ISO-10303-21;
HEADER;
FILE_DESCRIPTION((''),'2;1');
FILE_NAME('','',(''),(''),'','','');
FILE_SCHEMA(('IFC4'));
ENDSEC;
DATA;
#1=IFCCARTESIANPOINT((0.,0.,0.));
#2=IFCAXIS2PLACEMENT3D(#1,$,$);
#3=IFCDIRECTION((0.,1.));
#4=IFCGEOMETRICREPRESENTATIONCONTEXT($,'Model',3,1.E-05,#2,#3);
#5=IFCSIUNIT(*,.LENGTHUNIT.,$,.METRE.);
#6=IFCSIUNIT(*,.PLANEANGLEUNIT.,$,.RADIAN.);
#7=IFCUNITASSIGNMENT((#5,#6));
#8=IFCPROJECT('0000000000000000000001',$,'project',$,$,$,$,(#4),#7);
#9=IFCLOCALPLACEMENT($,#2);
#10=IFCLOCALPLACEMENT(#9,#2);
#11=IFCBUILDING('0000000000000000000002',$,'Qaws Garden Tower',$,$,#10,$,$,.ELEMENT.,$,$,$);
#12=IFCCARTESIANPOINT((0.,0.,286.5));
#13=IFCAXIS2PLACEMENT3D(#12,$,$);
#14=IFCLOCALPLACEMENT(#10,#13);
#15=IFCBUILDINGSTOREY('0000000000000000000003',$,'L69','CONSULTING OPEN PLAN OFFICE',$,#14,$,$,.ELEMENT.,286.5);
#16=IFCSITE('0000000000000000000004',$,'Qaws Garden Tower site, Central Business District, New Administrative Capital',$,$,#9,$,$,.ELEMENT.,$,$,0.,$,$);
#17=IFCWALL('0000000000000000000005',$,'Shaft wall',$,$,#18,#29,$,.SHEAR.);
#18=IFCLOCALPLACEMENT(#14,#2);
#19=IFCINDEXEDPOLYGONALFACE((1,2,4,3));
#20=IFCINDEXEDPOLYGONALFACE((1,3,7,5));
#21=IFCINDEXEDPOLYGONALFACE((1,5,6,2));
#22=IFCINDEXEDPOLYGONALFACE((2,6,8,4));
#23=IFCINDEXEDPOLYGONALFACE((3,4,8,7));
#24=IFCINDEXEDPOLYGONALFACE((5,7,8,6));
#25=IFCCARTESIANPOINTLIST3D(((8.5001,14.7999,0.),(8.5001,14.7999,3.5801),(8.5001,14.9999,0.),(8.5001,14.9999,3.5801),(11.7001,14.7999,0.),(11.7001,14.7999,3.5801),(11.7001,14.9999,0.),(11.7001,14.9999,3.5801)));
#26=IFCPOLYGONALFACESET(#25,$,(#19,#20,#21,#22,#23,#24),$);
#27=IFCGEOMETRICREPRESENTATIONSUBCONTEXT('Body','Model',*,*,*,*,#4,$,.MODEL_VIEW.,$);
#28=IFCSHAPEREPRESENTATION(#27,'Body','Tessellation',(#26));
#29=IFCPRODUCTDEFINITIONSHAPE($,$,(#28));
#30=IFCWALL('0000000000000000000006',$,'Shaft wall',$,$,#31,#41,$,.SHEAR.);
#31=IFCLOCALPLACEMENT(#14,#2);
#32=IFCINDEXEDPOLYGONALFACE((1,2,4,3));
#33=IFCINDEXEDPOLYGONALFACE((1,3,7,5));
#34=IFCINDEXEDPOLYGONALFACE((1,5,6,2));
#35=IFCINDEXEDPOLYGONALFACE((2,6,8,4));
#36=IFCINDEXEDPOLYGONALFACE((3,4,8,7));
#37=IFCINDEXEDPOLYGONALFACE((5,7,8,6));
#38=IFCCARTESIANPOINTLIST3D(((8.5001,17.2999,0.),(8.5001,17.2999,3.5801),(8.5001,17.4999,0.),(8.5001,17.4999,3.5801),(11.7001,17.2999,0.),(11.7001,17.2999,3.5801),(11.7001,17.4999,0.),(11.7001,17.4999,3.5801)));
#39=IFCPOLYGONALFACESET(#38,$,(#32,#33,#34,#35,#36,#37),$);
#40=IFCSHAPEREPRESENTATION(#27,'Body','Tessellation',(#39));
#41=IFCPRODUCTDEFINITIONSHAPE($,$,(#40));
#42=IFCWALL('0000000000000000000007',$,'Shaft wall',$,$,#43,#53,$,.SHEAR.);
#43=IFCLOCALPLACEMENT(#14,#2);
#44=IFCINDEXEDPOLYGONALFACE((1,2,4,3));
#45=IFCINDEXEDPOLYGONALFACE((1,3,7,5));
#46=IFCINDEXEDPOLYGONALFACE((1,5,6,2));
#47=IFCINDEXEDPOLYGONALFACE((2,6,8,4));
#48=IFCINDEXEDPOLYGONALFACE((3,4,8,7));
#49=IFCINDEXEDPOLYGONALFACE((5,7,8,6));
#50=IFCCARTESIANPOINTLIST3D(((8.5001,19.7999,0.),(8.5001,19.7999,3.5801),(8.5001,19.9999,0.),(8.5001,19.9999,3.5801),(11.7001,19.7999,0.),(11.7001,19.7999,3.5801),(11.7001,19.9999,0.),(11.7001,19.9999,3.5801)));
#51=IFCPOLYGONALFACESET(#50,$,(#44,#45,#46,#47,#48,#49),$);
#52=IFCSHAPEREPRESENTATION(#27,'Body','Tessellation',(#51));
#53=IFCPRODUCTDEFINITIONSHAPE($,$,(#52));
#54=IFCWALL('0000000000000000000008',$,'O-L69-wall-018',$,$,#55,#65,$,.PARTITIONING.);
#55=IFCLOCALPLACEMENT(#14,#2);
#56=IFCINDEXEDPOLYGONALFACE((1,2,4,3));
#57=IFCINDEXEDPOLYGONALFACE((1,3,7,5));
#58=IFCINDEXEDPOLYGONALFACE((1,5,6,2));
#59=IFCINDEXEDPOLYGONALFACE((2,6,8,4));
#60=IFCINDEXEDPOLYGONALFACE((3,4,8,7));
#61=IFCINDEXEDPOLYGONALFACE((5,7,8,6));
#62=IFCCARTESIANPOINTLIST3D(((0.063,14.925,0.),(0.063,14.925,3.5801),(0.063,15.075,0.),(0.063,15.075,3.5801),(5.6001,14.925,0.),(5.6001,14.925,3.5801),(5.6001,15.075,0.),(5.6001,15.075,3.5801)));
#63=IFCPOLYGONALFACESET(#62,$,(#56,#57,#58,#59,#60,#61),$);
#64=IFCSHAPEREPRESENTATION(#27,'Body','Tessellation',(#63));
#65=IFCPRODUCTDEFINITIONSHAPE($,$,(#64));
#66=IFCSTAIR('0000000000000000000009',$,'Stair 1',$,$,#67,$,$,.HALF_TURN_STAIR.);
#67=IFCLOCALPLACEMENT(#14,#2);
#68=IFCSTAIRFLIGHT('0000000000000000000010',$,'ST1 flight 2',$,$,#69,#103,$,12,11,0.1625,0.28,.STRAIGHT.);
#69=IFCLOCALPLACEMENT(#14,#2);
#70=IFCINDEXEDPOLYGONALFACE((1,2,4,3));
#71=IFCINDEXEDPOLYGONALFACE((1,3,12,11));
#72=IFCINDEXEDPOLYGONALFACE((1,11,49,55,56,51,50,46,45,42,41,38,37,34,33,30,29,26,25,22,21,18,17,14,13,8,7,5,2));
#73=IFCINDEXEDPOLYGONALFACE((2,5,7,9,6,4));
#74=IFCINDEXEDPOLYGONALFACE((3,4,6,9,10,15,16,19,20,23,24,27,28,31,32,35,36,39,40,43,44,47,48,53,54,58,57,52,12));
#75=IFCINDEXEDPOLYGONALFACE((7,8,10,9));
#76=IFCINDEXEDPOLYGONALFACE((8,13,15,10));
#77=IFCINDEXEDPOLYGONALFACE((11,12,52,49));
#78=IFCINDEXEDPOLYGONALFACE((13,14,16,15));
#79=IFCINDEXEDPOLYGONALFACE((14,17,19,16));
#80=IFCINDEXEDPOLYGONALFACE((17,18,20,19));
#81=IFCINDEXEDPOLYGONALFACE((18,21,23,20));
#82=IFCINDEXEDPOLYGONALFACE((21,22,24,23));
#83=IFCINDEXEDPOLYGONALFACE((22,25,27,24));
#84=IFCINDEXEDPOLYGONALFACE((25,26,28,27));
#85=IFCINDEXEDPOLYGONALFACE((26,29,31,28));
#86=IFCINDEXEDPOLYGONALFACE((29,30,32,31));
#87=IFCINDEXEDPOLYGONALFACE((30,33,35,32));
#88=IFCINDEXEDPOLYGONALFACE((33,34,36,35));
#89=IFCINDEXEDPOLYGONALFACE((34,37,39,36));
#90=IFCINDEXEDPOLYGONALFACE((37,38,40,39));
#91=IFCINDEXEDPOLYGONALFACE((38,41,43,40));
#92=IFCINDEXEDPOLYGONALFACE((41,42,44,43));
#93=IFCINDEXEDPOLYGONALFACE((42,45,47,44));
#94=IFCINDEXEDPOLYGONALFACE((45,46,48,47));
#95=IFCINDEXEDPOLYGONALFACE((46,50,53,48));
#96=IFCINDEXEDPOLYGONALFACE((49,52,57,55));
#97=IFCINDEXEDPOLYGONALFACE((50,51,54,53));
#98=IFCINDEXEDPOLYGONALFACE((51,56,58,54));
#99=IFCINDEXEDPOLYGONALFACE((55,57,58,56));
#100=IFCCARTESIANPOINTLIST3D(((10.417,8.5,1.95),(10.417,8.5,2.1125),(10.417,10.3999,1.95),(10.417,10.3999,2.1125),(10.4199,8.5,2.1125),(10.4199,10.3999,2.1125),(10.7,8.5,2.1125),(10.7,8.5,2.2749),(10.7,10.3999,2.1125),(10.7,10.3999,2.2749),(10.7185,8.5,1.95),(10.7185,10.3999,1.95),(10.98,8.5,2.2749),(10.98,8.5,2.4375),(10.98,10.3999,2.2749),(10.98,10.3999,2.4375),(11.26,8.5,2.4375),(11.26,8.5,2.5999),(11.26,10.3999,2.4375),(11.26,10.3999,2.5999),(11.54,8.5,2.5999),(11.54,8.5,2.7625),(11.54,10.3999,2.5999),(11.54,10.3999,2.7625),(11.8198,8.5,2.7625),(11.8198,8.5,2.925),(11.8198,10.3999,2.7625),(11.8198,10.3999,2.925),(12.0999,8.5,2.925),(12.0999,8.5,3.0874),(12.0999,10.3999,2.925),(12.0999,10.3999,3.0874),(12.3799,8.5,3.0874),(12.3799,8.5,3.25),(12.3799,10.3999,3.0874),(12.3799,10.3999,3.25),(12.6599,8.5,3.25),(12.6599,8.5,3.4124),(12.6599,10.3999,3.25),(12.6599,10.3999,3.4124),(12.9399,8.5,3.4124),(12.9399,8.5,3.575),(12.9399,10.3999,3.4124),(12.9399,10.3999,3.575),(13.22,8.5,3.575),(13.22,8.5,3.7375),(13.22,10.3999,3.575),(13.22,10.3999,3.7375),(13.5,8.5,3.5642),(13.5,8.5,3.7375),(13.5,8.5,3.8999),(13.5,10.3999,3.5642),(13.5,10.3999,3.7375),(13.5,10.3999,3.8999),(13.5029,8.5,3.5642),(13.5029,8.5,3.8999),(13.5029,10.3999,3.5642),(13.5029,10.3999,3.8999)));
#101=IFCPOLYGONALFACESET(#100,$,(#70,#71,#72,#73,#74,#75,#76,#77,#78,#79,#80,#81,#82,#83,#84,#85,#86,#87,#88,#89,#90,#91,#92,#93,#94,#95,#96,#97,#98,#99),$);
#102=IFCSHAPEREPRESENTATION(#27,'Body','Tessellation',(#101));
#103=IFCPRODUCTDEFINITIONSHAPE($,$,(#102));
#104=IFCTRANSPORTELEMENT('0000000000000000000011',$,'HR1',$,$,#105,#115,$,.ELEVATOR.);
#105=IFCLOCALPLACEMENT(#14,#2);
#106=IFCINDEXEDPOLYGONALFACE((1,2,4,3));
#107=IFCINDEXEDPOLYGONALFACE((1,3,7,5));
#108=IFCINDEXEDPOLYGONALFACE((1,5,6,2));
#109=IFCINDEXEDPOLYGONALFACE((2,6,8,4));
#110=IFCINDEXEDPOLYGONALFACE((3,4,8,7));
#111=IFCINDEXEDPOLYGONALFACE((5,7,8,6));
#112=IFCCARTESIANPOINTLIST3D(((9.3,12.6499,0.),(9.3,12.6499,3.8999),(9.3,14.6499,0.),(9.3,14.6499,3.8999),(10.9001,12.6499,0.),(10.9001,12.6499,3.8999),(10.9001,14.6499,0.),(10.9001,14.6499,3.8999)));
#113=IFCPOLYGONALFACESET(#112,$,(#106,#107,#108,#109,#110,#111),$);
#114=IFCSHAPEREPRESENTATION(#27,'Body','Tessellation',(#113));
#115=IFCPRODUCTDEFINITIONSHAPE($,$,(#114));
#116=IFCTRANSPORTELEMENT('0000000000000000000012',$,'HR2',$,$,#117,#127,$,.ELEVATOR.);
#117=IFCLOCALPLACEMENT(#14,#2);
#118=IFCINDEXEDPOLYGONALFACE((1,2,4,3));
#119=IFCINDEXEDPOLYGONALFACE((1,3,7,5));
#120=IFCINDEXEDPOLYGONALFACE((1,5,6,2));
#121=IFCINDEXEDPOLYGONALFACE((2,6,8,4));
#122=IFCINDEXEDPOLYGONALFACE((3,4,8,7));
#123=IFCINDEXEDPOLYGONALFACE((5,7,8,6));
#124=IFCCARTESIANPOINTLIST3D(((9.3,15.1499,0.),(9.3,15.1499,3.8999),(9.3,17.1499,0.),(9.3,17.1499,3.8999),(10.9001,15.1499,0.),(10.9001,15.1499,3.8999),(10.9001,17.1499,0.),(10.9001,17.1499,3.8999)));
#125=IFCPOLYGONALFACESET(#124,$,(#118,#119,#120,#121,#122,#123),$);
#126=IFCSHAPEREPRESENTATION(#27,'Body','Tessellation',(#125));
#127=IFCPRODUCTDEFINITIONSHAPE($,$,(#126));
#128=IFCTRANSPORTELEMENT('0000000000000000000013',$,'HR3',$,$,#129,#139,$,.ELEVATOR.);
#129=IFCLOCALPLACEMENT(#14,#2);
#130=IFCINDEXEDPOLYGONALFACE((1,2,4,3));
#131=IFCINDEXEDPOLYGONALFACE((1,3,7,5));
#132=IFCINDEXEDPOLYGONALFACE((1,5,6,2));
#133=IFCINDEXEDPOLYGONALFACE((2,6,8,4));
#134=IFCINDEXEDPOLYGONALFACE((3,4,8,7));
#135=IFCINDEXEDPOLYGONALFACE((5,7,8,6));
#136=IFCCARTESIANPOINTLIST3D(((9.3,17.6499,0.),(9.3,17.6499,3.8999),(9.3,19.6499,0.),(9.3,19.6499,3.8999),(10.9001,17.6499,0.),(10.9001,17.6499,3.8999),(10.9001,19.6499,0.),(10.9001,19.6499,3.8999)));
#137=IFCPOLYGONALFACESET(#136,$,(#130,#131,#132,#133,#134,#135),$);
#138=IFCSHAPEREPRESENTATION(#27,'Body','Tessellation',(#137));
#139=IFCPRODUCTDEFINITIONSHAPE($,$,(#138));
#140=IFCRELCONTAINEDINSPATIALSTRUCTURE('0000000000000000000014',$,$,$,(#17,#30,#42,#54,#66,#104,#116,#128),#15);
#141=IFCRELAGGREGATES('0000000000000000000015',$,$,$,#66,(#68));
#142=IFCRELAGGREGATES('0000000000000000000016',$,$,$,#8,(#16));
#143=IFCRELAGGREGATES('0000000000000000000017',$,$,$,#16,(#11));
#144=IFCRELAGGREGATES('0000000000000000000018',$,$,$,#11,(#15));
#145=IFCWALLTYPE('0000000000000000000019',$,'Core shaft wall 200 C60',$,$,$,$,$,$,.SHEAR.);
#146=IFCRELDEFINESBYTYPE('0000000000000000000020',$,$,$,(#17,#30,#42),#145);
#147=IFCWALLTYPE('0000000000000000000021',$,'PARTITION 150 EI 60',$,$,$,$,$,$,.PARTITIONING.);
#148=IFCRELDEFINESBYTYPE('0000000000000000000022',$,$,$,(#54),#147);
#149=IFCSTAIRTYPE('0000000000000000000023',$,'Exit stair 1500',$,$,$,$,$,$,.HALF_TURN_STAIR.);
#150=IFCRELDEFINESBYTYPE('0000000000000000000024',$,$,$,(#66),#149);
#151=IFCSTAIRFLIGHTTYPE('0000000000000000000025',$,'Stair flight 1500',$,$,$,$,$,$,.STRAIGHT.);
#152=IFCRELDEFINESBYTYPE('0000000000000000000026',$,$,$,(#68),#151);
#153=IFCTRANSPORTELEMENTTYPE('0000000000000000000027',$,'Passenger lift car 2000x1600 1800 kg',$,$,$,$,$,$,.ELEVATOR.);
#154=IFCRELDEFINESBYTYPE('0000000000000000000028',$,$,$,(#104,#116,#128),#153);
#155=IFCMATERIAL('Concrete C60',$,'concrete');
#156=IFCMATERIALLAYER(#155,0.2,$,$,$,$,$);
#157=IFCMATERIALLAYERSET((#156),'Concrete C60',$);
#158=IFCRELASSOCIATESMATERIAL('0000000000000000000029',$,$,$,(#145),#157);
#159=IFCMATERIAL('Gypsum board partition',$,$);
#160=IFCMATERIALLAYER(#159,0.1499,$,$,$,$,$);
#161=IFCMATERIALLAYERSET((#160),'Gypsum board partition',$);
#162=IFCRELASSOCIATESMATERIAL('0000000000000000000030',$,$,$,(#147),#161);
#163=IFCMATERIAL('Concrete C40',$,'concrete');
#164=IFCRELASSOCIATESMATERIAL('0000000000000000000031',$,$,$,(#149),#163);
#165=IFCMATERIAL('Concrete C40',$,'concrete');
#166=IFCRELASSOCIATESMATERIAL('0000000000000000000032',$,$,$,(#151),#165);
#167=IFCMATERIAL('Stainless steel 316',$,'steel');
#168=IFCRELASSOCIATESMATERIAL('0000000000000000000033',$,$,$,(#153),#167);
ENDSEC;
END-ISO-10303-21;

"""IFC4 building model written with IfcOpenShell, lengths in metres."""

from ifc_helpers import new_model, si_unit, direction, frame, frame_2d, origin, origin_2d, place, context, subcontext, project, spatial, polyline, rectangle, outline, extrude, material, layer, layer_set, type_object, element, aggregate, save


model = new_model("IFC4")

# Units and contexts
model_context = context("Model", 3, precision=1e-05, world=origin(), true_north=direction((0.0, 1.0)))
body_context = subcontext(model_context, "Body", "Model", "MODEL_VIEW")
ifc_project = project(units=[si_unit("LENGTHUNIT", "METRE"), si_unit("PLANEANGLEUNIT", "RADIAN")], contexts=[model_context])

# Site, building, storey
site_placement = place(None, origin())
site = spatial("IfcSite", under=ifc_project, at=site_placement, Name="Qaws Garden Tower site, Central Business District, New Administrative Capital", CompositionType="ELEMENT", RefElevation=0.0)
building_placement = place(site_placement, origin())
building = spatial("IfcBuilding", under=site, at=building_placement, Name="Qaws Garden Tower", CompositionType="ELEMENT")
storey_placement = place(building_placement, frame((0.0, 0.0, 286.5)))
storey = spatial("IfcBuildingStorey", under=building, at=storey_placement, Name="L69", Description="CONSULTING OPEN PLAN OFFICE", CompositionType="ELEMENT", Elevation=286.5)

# Walls
ifc_material_1 = material(Name="Concrete C60", Category="concrete")
ifc_layer_1 = layer(ifc_material_1, 0.2)
ifc_layer_set_1 = layer_set([ifc_layer_1], Name="Concrete C60")
wall_type_1 = type_object("IfcWallType", Name="Core shaft wall 200 C60", PredefinedType="SHEAR", material=ifc_layer_set_1)
for number, where, z_axis, x_axis, name in (
    (1, (8.5, 14.8999, 0.0), (0.0, 0.0, 1.0), (1.0, 0.0, 0.0), "Shaft wall"),
    (2, (8.5, 17.3999, 0.0), (0.0, 0.0, 1.0), (1.0, 0.0, 0.0), "Shaft wall"),
    (3, (8.5, 19.8999, 0.0), (0.0, 0.0, 1.0), (1.0, 0.0, 0.0), "Shaft wall"),
):
    element("IfcWall", number, at=place(storey_placement, frame(where, z_axis=z_axis, x_axis=x_axis)), inside=storey, type_object=wall_type_1, Name=name, PredefinedType="SHEAR", context=body_context, shape_type="SweptSolid", body=[
        extrude(rectangle(XDim=3.2, YDim=0.2, at=frame_2d((1.6001, 0.0))), origin(), (0.0, 0.0, 1.0), 3.5801),
    ])
ifc_material_2 = material(Name="Gypsum board partition")
ifc_layer_2 = layer(ifc_material_2, 0.1499)
ifc_layer_set_2 = layer_set([ifc_layer_2], Name="Gypsum board partition")
wall_type_2 = type_object("IfcWallType", Name="PARTITION 150 EI 60", PredefinedType="PARTITIONING", material=ifc_layer_set_2)
wall_1_placement = place(storey_placement, frame((0.063, 15.0, 0.0), z_axis=(0.0, 0.0, 1.0), x_axis=(1.0, 0.0, 0.0)))
element("IfcWall", 4, at=wall_1_placement, inside=storey, type_object=wall_type_2, Name="O-L69-wall-018", PredefinedType="PARTITIONING", context=body_context, shape_type="SweptSolid", body=[
    extrude(rectangle(XDim=5.5371, YDim=0.1499, at=frame_2d((2.7686, 0.0))), origin(), (0.0, 0.0, 1.0), 3.5801),
])

# Stair, stair flight
ifc_material_3 = material(Name="Concrete C40", Category="concrete")
stair_type = type_object("IfcStairType", Name="Exit stair 1500", PredefinedType="HALF_TURN_STAIR", material=ifc_material_3)
stair_placement = place(storey_placement, origin())
stair = element("IfcStair", 5, at=stair_placement, inside=storey, type_object=stair_type, Name="Stair 1", PredefinedType="HALF_TURN_STAIR")
ifc_material_4 = material(Name="Concrete C40", Category="concrete")
stair_flight_type = type_object("IfcStairFlightType", Name="Stair flight 1500", PredefinedType="STRAIGHT", material=ifc_material_4)
stair_flight_placement = place(storey_placement, frame((10.4199, 9.45, 1.95), z_axis=(0.0, 0.0, 1.0), x_axis=(1.0, 0.0, 0.0)))
stair_flight = element("IfcStairFlight", 6, at=stair_flight_placement, type_object=stair_flight_type, Name="ST1 flight 2", NumberOfRisers=12, NumberOfTreads=11, PredefinedType="STRAIGHT", RiserHeight=0.1625, TreadLength=0.28, context=body_context, shape_type="SweptSolid", body=[
    extrude(outline(polyline([(-0.0029, 0.0), (-0.0029, 0.1626), (0.0, 0.1626), (0.28, 0.1626), (0.28, 0.325), (0.5601, 0.325), (0.5601, 0.4875), (0.8401, 0.4875), (0.8401, 0.6499), (1.1201, 0.6499), (1.1201, 0.8125), (1.3999, 0.8125), (1.3999, 0.9751), (1.6799, 0.9751), (1.6799, 1.1375), (1.96, 1.1375), (1.96, 1.3), (2.24, 1.3), (2.24, 1.4624), (2.52, 1.4624), (2.52, 1.625), (2.8, 1.625), (2.8, 1.7876), (3.0801, 1.7876), (3.0801, 1.95), (3.083, 1.95), (3.083, 1.6143), (3.0801, 1.6143), (0.2986, 0.0), (-0.0029, 0.0)])), frame((0.0, 0.95, 0.0), z_axis=(0.0, -1.0, 0.0), x_axis=(1.0, 0.0, 0.0)), (0.0, 0.0, 1.0), 1.8999),
])
aggregate(stair, [stair_flight])

# Transport elements
ifc_material_5 = material(Name="Stainless steel 316", Category="steel")
transport_element_type = type_object("IfcTransportElementType", Name="Passenger lift car 2000x1600 1800 kg", PredefinedType="ELEVATOR", material=ifc_material_5)
for number, where, z_axis, x_axis, name in (
    (7, (10.1001, 13.6499, 0.0), (0.0, 0.0, 1.0), (1.0, 0.0, 0.0), "HR1"),
    (8, (10.1001, 16.1499, 0.0), (0.0, 0.0, 1.0), (1.0, 0.0, 0.0), "HR2"),
    (9, (10.1001, 18.6499, 0.0), (0.0, 0.0, 1.0), (1.0, 0.0, 0.0), "HR3"),
):
    element("IfcTransportElement", number, at=place(storey_placement, frame(where, z_axis=z_axis, x_axis=x_axis)), inside=storey, type_object=transport_element_type, Name=name, PredefinedType="ELEVATOR", context=body_context, shape_type="SweptSolid", body=[
        extrude(rectangle(XDim=1.6001, YDim=2.0, at=origin_2d()), origin(), (0.0, 0.0, 1.0), 3.8999),
    ])

save(model, "model.ifc")
